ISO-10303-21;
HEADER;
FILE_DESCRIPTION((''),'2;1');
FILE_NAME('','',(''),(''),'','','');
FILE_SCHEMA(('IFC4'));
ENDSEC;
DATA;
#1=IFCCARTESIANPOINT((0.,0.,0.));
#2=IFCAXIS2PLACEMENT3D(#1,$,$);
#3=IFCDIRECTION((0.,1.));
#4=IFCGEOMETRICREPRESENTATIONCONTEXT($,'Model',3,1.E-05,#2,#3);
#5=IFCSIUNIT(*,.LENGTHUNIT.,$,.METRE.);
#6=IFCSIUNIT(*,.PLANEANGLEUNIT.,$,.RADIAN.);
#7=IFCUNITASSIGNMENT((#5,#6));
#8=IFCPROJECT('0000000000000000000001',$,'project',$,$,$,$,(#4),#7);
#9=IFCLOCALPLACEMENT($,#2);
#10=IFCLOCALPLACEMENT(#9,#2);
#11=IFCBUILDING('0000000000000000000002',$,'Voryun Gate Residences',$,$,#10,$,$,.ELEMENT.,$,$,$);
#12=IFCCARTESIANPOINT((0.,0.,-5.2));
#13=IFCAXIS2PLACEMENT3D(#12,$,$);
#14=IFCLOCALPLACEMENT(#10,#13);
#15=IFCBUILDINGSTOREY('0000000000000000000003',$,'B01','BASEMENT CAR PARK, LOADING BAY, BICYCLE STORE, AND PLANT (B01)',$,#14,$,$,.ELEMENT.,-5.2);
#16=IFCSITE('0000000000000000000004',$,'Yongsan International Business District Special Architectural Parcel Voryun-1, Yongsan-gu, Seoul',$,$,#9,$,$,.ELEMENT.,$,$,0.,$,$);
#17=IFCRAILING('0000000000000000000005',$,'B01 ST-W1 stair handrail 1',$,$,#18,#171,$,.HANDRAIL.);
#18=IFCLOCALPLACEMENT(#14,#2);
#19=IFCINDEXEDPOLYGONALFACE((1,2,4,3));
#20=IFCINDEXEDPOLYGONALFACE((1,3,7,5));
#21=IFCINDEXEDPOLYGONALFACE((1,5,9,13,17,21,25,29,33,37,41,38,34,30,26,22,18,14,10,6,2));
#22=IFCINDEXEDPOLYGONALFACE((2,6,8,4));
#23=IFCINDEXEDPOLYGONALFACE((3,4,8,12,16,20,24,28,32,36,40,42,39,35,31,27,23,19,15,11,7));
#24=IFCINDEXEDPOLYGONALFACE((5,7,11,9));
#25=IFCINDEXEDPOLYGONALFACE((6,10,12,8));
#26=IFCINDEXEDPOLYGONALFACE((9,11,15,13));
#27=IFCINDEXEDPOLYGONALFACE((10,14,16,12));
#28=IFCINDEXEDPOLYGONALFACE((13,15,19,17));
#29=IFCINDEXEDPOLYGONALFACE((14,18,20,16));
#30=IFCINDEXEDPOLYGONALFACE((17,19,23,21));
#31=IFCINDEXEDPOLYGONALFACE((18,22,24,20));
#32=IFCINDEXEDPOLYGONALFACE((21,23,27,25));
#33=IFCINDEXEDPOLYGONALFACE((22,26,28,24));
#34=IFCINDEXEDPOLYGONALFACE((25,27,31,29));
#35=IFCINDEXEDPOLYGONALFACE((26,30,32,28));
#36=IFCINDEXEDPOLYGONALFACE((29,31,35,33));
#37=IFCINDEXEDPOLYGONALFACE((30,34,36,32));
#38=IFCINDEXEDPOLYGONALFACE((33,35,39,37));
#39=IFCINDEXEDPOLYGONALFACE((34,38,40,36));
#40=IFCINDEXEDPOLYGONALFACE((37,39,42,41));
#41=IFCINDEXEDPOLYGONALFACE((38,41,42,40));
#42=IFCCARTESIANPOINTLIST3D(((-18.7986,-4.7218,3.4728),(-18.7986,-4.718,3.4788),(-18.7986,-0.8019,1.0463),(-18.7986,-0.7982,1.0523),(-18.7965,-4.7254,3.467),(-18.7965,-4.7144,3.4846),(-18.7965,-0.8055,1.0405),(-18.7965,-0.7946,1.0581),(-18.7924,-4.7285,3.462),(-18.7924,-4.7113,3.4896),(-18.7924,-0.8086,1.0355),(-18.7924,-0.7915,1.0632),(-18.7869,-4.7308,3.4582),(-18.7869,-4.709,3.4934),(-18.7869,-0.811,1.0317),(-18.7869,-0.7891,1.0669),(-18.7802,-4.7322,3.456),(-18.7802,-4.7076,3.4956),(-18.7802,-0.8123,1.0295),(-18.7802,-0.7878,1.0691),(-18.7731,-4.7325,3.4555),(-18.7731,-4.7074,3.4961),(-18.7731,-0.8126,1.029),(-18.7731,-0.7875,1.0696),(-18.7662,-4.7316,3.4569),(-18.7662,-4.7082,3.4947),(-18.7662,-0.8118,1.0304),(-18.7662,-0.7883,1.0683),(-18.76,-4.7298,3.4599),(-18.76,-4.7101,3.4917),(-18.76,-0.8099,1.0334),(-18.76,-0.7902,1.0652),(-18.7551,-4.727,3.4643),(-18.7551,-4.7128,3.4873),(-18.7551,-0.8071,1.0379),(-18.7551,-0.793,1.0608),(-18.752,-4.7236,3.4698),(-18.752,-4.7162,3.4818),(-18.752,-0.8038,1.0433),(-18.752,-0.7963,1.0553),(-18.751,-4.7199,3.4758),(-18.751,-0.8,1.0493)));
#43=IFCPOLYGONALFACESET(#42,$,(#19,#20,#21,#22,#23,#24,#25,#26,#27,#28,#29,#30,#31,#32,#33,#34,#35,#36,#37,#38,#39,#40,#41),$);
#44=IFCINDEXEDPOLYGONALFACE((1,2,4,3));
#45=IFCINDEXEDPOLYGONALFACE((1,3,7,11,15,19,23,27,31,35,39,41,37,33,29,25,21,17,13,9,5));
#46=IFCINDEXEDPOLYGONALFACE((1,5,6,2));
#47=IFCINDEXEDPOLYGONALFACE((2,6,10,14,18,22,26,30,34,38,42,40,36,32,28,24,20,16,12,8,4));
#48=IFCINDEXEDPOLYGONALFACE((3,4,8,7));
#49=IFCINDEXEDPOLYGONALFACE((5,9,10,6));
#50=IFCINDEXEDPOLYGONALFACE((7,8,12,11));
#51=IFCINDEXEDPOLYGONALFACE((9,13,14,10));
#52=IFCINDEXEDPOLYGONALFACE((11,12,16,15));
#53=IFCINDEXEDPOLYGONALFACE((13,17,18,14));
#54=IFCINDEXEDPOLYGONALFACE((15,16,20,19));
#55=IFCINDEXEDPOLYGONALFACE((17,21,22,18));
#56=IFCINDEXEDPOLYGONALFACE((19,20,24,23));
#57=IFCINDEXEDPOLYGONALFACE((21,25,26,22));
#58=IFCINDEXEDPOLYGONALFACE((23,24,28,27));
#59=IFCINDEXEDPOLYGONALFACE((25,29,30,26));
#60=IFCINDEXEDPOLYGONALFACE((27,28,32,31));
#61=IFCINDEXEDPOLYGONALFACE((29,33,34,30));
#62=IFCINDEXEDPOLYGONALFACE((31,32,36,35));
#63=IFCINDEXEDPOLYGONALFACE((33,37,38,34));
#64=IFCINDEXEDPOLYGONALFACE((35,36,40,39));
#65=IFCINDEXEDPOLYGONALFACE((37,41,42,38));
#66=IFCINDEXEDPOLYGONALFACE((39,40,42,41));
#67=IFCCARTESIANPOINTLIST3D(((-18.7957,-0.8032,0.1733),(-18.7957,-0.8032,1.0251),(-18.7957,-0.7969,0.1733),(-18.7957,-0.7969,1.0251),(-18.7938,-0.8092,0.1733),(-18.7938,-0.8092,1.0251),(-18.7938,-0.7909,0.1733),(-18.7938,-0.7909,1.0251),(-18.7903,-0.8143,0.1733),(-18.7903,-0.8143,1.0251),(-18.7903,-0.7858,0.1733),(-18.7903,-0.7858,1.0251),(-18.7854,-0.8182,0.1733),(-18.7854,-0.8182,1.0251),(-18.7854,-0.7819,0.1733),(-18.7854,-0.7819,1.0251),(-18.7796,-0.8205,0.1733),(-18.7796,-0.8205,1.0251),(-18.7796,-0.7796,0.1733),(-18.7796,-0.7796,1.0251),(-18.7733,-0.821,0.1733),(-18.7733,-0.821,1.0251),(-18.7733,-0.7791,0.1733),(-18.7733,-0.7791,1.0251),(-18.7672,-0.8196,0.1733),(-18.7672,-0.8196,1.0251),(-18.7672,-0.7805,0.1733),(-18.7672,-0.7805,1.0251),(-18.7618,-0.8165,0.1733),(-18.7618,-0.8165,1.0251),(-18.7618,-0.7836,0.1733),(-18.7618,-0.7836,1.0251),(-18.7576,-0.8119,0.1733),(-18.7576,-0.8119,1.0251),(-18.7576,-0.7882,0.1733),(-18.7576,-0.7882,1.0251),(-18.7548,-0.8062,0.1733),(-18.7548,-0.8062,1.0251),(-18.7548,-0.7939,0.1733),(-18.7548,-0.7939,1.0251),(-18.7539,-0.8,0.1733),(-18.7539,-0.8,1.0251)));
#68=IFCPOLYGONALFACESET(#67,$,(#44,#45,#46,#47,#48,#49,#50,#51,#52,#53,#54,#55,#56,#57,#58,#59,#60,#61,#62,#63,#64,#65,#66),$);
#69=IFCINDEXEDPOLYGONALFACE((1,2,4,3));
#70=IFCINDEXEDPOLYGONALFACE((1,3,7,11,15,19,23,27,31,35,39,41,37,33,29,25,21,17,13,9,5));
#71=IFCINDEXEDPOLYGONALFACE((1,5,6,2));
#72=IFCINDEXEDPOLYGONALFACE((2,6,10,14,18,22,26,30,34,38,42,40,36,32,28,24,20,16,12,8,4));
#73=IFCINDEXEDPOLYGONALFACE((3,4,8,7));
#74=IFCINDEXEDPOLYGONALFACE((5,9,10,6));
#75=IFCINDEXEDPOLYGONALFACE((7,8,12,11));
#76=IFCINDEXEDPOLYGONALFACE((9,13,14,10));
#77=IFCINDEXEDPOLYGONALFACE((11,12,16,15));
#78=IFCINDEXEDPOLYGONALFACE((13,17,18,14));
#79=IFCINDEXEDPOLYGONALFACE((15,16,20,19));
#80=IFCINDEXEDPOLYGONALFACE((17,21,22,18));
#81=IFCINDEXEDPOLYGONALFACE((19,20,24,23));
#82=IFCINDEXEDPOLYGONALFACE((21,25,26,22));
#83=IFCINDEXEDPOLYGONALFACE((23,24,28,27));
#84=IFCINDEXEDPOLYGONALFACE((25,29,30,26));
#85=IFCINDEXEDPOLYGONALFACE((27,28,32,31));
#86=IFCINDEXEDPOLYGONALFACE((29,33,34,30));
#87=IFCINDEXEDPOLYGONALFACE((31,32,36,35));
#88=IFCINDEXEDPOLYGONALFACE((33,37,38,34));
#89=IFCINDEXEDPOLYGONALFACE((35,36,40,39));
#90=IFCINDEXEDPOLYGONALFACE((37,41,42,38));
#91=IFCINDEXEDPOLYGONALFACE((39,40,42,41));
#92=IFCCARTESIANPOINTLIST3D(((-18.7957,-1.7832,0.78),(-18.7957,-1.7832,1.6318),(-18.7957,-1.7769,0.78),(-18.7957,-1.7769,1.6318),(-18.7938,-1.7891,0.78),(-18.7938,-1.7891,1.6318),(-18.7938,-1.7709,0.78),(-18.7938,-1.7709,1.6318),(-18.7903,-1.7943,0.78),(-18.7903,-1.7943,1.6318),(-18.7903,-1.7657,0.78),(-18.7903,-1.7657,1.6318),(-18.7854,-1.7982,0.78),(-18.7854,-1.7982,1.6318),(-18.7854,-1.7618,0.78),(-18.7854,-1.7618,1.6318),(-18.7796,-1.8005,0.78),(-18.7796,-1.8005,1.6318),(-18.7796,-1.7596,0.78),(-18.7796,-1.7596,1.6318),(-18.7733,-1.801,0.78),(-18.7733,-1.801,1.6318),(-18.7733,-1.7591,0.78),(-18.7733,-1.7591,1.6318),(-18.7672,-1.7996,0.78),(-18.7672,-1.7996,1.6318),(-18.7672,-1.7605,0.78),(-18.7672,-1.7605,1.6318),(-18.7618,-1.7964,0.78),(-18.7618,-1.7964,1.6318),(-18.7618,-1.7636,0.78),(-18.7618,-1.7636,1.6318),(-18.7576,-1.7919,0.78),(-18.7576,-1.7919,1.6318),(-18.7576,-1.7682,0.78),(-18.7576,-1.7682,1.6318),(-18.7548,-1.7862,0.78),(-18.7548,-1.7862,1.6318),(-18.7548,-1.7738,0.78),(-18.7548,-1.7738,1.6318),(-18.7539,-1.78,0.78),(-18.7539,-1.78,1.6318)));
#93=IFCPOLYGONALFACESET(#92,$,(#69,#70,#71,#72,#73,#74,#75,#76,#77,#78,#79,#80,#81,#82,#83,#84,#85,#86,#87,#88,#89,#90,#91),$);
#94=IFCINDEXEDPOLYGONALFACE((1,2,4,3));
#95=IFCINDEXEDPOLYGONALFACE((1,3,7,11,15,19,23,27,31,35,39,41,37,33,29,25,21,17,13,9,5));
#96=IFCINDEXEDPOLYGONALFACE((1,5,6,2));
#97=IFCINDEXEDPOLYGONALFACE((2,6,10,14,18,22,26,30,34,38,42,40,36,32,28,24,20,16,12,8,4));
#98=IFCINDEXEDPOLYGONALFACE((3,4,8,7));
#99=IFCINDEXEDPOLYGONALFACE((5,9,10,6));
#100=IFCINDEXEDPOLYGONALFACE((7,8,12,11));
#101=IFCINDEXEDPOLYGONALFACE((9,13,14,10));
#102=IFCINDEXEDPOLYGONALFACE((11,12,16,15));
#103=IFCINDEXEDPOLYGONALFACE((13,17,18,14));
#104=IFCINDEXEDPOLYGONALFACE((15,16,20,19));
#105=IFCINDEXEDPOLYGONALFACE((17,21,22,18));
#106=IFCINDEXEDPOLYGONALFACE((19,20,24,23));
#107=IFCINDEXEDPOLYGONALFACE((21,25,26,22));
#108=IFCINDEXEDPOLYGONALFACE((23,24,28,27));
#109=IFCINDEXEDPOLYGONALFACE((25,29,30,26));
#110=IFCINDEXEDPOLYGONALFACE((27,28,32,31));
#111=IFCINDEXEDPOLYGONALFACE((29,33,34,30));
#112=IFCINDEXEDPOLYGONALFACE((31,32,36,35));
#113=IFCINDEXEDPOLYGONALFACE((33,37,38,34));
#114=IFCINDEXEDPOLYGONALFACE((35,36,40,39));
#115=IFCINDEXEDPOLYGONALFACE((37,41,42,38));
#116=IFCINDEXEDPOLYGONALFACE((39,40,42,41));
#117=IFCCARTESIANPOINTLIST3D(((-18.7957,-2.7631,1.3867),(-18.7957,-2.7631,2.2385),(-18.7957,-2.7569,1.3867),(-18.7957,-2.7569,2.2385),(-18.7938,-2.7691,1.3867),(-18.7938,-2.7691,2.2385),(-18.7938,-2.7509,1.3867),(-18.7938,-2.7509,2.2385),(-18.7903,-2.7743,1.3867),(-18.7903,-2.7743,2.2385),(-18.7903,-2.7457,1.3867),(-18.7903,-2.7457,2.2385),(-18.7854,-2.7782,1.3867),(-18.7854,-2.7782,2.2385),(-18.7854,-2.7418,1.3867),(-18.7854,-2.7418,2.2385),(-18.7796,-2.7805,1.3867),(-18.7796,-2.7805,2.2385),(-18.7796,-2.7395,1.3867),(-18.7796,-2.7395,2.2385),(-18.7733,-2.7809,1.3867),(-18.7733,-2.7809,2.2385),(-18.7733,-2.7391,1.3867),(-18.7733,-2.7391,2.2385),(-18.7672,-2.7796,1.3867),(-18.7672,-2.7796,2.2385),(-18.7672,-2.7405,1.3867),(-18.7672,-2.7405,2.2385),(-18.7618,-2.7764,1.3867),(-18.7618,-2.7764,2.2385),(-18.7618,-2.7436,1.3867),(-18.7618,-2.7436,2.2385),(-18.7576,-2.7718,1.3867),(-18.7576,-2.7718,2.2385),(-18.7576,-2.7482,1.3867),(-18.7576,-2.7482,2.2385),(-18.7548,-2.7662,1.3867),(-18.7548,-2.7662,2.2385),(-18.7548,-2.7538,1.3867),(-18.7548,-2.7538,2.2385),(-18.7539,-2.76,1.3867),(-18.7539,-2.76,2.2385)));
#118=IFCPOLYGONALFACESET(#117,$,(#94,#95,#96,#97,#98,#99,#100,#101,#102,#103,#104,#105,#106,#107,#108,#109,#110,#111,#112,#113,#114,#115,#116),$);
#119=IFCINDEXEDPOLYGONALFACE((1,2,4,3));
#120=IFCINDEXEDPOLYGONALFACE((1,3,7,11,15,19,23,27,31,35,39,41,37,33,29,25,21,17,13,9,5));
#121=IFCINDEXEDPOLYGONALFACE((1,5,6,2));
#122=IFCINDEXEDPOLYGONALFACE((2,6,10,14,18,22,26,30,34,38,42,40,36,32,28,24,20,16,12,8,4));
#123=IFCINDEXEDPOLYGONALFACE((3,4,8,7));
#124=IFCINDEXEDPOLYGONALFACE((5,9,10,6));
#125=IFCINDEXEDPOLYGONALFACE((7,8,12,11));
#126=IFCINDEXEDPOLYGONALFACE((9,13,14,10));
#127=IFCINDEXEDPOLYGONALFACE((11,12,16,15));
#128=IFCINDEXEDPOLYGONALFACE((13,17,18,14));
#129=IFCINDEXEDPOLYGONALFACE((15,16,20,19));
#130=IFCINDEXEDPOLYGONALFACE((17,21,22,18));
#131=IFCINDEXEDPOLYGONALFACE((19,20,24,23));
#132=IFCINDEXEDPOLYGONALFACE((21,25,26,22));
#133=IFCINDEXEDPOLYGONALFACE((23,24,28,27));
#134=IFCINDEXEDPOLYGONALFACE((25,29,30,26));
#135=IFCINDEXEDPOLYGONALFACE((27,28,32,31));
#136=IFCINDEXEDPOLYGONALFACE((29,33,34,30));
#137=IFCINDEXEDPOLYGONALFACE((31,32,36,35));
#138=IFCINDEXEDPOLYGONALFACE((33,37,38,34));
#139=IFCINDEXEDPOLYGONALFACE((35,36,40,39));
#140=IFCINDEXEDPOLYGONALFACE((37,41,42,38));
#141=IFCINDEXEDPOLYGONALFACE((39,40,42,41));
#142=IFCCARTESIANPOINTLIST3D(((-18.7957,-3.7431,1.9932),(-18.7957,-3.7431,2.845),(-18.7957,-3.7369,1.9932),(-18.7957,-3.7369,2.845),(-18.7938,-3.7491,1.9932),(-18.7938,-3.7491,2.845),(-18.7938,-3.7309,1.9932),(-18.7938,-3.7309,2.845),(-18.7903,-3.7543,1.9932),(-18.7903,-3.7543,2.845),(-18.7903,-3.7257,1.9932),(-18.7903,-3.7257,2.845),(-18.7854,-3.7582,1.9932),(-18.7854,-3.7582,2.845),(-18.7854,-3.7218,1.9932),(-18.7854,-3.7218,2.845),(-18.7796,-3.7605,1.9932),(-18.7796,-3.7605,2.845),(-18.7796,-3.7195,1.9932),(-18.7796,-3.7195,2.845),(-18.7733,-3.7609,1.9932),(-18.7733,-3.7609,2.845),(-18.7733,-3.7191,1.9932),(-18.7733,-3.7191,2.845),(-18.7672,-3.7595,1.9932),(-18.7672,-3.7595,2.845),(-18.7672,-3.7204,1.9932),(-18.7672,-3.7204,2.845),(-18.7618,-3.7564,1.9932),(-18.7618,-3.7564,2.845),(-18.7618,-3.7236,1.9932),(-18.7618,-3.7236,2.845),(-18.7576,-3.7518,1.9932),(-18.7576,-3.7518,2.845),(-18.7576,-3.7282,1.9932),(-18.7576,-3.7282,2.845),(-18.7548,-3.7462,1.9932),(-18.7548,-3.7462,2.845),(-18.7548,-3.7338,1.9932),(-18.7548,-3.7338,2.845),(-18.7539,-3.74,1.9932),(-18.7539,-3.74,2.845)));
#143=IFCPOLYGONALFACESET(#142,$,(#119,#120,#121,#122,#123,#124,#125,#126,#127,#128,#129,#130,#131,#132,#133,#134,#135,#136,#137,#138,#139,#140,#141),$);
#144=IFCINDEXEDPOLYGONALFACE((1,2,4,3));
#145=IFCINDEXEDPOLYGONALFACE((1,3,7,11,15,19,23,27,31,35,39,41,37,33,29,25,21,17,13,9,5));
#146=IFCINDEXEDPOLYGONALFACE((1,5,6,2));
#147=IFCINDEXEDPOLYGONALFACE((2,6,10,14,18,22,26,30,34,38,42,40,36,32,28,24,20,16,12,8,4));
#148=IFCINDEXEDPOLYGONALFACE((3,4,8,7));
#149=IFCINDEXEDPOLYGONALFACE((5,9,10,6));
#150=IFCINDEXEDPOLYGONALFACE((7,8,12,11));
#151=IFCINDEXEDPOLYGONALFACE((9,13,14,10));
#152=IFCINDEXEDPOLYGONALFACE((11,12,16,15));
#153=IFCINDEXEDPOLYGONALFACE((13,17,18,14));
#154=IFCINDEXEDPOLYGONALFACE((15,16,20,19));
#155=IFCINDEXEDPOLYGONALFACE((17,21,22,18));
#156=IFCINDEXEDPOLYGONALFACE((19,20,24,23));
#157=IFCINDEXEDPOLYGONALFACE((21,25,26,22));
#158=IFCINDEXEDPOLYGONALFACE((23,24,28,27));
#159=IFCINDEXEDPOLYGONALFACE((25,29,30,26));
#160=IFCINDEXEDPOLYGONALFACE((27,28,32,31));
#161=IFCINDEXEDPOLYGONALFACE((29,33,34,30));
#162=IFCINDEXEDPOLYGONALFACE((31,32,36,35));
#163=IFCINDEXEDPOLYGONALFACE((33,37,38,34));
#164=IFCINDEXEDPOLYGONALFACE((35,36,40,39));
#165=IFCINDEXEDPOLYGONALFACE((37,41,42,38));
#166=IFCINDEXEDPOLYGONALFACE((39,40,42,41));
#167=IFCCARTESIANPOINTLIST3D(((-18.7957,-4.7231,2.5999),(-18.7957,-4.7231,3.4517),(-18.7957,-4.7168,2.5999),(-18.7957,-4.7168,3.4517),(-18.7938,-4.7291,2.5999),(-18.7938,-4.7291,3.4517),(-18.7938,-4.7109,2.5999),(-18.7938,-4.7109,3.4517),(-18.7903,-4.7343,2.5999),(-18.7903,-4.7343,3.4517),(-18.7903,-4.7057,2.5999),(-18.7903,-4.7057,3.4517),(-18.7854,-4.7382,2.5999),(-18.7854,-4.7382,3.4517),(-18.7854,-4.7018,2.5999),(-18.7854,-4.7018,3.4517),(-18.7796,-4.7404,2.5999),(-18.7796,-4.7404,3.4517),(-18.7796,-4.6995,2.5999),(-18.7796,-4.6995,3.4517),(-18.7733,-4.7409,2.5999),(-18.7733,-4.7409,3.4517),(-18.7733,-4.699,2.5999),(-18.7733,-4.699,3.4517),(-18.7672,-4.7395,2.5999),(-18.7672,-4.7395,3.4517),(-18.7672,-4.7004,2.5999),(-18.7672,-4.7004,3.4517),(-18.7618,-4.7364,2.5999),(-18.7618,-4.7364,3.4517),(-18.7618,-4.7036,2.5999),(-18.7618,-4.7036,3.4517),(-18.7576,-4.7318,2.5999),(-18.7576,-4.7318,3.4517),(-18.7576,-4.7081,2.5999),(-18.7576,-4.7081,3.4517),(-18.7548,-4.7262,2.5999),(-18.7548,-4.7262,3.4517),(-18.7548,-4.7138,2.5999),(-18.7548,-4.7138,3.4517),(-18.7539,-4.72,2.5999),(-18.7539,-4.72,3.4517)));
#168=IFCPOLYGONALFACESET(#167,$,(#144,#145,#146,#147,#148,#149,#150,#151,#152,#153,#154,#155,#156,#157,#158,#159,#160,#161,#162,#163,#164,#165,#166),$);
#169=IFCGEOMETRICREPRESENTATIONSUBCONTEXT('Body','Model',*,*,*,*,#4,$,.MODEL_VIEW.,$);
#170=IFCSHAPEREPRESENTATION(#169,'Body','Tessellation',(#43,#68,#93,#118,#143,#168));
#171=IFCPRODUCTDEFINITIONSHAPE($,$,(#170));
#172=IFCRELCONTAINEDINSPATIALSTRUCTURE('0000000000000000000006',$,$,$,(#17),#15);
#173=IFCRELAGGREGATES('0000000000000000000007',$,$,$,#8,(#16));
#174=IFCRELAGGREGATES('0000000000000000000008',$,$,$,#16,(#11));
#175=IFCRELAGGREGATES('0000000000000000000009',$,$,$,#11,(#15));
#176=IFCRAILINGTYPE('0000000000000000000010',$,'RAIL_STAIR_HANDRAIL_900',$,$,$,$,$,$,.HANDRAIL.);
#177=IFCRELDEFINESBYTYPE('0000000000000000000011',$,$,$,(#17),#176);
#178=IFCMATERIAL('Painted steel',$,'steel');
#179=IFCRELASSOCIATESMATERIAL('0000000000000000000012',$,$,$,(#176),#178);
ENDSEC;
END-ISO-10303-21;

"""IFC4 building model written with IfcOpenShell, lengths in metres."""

from ifc_helpers import new_model, si_unit, direction, frame, origin, origin_2d, place, context, subcontext, project, spatial, circle, extrude, material, type_object, element, save


model = new_model("IFC4")

# Units and contexts
model_context = context("Model", 3, precision=1e-05, world=origin(), true_north=direction((0.0, 1.0)))
body_context = subcontext(model_context, "Body", "Model", "MODEL_VIEW")
ifc_project = project(units=[si_unit("LENGTHUNIT", "METRE"), si_unit("PLANEANGLEUNIT", "RADIAN")], contexts=[model_context])

# Site, building, storey
site_placement = place(None, origin())
site = spatial("IfcSite", under=ifc_project, at=site_placement, Name="Yongsan International Business District Special Architectural Parcel Voryun-1, Yongsan-gu, Seoul", CompositionType="ELEMENT", RefElevation=0.0)
building_placement = place(site_placement, origin())
building = spatial("IfcBuilding", under=site, at=building_placement, Name="Voryun Gate Residences", CompositionType="ELEMENT")
storey_placement = place(building_placement, frame((0.0, 0.0, -5.2)))
storey = spatial("IfcBuildingStorey", under=building, at=storey_placement, Name="B01", Description="BASEMENT CAR PARK, LOADING BAY, BICYCLE STORE, AND PLANT (B01)", CompositionType="ELEMENT", Elevation=-5.2)

# Railing
ifc_material_1 = material(Name="Painted steel", Category="steel")
railing_type_1 = type_object("IfcRailingType", Name="RAIL_STAIR_HANDRAIL_900", PredefinedType="HANDRAIL", material=ifc_material_1)
railing_1_placement = place(storey_placement, frame((-18.7749, -0.8, 0.1733)))
element("IfcRailing", 1, at=railing_1_placement, inside=storey, type_object=railing_type_1, Name="B01 ST-W1 stair handrail 1", PredefinedType="HANDRAIL", context=body_context, shape_type="SweptSolid", body=[
    extrude(circle(Radius=0.0239, at=origin_2d()), frame((0.0, 0.0, 0.876), z_axis=(0.0, -0.850275, 0.526338), x_axis=(1.0, 0.0, 0.0)), (0.0, 0.0, 1.0), 4.6101),
    extrude(circle(Radius=0.021, at=origin_2d()), origin(), (0.0, 0.0, 1.0), 0.8518),
    extrude(circle(Radius=0.021, at=origin_2d()), frame((0.0, -0.98, 0.6067)), (0.0, 0.0, 1.0), 0.8518),
    extrude(circle(Radius=0.021, at=origin_2d()), frame((0.0, -1.96, 1.2134)), (0.0, 0.0, 1.0), 0.8518),
    extrude(circle(Radius=0.021, at=origin_2d()), frame((0.0, -2.9399, 1.8198)), (0.0, 0.0, 1.0), 0.8518),
    extrude(circle(Radius=0.021, at=origin_2d()), frame((0.0, -3.9199, 2.4265)), (0.0, 0.0, 1.0), 0.8518),
])

save(model, "model.ifc")
